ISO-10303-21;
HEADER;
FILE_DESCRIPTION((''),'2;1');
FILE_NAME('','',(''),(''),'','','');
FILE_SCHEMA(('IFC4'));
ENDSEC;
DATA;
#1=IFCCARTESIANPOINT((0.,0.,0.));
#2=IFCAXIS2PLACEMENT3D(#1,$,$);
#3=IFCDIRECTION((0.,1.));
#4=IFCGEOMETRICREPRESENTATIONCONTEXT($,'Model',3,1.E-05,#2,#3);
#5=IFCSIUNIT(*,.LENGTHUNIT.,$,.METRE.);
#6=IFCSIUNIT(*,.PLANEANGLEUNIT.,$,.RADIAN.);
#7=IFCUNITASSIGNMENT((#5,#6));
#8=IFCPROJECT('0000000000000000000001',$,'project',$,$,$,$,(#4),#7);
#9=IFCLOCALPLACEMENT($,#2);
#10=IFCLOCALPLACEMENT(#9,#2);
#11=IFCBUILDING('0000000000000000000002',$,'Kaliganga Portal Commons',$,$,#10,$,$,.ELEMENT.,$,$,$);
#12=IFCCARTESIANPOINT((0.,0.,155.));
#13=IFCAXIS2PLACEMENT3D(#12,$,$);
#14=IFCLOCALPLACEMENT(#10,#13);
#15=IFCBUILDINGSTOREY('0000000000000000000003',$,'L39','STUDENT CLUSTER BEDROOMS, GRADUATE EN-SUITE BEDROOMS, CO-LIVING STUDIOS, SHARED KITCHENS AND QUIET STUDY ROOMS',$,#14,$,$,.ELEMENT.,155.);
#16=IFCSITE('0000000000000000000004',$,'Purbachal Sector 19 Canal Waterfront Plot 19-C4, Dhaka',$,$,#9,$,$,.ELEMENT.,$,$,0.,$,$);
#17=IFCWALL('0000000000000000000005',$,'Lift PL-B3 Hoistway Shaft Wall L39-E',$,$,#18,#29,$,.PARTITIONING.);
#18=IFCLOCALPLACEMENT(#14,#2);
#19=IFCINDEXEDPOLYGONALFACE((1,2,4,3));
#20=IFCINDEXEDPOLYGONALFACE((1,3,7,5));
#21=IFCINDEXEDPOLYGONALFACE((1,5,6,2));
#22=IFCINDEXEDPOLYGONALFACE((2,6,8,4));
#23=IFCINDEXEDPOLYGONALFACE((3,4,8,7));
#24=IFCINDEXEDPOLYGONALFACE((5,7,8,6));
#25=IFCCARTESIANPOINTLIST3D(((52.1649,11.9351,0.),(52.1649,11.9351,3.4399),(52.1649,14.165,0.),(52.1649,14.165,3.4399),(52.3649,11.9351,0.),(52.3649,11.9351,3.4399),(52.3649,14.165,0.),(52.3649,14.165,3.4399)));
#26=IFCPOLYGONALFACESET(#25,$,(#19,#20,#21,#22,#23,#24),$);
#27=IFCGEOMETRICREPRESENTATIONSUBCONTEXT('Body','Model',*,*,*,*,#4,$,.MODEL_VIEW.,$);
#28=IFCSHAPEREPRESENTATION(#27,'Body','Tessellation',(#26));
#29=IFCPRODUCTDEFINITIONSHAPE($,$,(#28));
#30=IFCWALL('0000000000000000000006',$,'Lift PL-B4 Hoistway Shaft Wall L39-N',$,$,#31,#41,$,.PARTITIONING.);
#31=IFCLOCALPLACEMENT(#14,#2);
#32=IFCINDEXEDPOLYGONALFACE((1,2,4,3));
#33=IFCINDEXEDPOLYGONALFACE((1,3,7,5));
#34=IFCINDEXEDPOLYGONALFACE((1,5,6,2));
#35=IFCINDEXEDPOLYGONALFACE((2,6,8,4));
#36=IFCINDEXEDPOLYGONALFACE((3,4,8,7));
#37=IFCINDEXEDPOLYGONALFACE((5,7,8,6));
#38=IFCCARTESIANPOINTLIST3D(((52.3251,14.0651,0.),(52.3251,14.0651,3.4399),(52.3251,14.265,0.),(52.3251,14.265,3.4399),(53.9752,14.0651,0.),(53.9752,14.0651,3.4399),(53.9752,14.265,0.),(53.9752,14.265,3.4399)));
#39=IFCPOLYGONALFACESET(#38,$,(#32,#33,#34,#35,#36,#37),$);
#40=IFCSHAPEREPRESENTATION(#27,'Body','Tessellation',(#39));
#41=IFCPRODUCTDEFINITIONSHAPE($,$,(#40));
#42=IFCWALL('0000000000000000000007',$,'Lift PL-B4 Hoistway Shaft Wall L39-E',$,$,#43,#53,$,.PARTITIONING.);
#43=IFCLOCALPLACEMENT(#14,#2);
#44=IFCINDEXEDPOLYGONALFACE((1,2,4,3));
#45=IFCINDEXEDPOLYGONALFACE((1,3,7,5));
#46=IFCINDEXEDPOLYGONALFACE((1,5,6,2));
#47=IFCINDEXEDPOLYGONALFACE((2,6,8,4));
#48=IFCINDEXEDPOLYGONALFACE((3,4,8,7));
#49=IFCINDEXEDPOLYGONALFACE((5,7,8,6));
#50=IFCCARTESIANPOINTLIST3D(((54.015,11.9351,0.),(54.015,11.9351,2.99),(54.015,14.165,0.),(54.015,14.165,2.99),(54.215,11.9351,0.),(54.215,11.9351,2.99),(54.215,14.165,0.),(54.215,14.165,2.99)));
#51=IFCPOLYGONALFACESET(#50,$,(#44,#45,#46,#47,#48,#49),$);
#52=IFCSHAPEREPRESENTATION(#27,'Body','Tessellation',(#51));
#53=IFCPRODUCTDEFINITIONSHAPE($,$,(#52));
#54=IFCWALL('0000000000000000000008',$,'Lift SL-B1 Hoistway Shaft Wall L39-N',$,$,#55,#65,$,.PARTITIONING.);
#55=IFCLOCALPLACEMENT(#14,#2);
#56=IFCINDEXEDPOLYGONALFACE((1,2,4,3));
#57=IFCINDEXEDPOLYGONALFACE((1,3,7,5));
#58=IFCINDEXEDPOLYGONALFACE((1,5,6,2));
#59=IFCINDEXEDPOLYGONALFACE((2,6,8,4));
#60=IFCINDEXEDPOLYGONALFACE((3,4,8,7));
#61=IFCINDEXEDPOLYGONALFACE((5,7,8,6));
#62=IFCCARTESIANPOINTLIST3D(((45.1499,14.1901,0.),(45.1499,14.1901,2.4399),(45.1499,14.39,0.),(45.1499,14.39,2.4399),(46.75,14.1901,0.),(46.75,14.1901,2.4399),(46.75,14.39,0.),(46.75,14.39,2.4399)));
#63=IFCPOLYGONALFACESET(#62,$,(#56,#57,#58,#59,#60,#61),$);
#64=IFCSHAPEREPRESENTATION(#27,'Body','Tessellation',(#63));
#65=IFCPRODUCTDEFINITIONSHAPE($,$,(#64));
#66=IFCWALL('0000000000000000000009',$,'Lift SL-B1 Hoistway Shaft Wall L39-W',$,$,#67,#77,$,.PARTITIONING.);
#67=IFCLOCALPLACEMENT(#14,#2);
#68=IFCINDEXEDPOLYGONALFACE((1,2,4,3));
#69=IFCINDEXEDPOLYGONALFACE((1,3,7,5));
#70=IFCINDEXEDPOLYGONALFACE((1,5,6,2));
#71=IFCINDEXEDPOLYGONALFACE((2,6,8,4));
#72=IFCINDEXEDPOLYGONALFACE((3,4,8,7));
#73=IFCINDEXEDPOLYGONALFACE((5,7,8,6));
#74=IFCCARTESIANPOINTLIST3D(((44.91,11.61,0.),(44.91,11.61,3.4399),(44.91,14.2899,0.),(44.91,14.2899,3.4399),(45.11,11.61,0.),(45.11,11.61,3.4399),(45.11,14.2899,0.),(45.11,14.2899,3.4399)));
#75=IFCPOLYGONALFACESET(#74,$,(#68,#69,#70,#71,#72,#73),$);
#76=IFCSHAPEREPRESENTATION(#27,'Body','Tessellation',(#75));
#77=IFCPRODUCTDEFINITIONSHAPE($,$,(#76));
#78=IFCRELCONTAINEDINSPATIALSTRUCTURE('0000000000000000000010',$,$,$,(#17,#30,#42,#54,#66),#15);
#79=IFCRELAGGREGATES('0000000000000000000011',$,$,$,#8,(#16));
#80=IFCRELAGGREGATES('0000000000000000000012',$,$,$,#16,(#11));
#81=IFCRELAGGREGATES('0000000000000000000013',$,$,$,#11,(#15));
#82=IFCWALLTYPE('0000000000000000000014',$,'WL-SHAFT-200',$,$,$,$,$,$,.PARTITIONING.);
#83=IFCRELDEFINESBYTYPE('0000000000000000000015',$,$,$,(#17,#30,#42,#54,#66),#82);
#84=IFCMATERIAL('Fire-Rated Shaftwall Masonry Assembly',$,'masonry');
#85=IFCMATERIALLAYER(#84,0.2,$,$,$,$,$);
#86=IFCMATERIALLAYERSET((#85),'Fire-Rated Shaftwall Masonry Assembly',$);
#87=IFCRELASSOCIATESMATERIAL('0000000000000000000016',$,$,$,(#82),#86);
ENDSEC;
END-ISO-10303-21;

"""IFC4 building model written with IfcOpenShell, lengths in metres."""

from ifc_helpers import new_model, si_unit, direction, frame, frame_2d, origin, place, context, subcontext, project, spatial, rectangle, extrude, material, layer, layer_set, type_object, element, save


model = new_model("IFC4")

# Units and contexts
model_context = context("Model", 3, precision=1e-05, world=origin(), true_north=direction((0.0, 1.0)))
body_context = subcontext(model_context, "Body", "Model", "MODEL_VIEW")
ifc_project = project(units=[si_unit("LENGTHUNIT", "METRE"), si_unit("PLANEANGLEUNIT", "RADIAN")], contexts=[model_context])

# Site, building, storey
site_placement = place(None, origin())
site = spatial("IfcSite", under=ifc_project, at=site_placement, Name="Purbachal Sector 19 Canal Waterfront Plot 19-C4, Dhaka", CompositionType="ELEMENT", RefElevation=0.0)
building_placement = place(site_placement, origin())
building = spatial("IfcBuilding", under=site, at=building_placement, Name="Kaliganga Portal Commons", CompositionType="ELEMENT")
storey_placement = place(building_placement, frame((0.0, 0.0, 155.0)))
storey = spatial("IfcBuildingStorey", under=building, at=storey_placement, Name="L39", Description="STUDENT CLUSTER BEDROOMS, GRADUATE EN-SUITE BEDROOMS, CO-LIVING STUDIOS, SHARED KITCHENS AND QUIET STUDY ROOMS", CompositionType="ELEMENT", Elevation=155.0)

# Shared definitions
ifc_material_1 = material(Name="Fire-Rated Shaftwall Masonry Assembly", Category="masonry")
ifc_layer_1 = layer(ifc_material_1, 0.2)
ifc_layer_set_1 = layer_set([ifc_layer_1], Name="Fire-Rated Shaftwall Masonry Assembly")
wall_type_1 = type_object("IfcWallType", Name="WL-SHAFT-200", PredefinedType="PARTITIONING", material=ifc_layer_set_1)

# Wall
wall_1_placement = place(storey_placement, frame((52.2649, 11.9351, 0.0), z_axis=(0.0, 0.0, 1.0), x_axis=(0.0, 1.0, 0.0)))
element("IfcWall", 1, at=wall_1_placement, inside=storey, type_object=wall_type_1, Name="Lift PL-B3 Hoistway Shaft Wall L39-E", PredefinedType="PARTITIONING", context=body_context, shape_type="SweptSolid", body=[
    extrude(rectangle(XDim=2.23, YDim=0.2, at=frame_2d((1.115, 0.0))), origin(), (0.0, 0.0, 1.0), 3.4399),
])

# Walls
wall_2_placement = place(storey_placement, frame((52.325, 14.165, 0.0), z_axis=(0.0, 0.0, 1.0), x_axis=(1.0, 0.0, 0.0)))
element("IfcWall", 2, at=wall_2_placement, inside=storey, type_object=wall_type_1, Name="Lift PL-B4 Hoistway Shaft Wall L39-N", PredefinedType="PARTITIONING", context=body_context, shape_type="SweptSolid", body=[
    extrude(rectangle(XDim=1.6501, YDim=0.2, at=frame_2d((0.8252, 0.0))), origin(), (0.0, 0.0, 1.0), 3.4399),
])
wall_3_placement = place(storey_placement, frame((54.115, 11.9351, 0.0), z_axis=(0.0, 0.0, 1.0), x_axis=(0.0, 1.0, 0.0)))
element("IfcWall", 3, at=wall_3_placement, inside=storey, type_object=wall_type_1, Name="Lift PL-B4 Hoistway Shaft Wall L39-E", PredefinedType="PARTITIONING", context=body_context, shape_type="SweptSolid", body=[
    extrude(rectangle(XDim=2.23, YDim=0.2, at=frame_2d((1.115, 0.0))), origin(), (0.0, 0.0, 1.0), 2.99),
])

# Walls
wall_4_placement = place(storey_placement, frame((45.1499, 14.29, 0.0), z_axis=(0.0, 0.0, 1.0), x_axis=(1.0, 0.0, 0.0)))
element("IfcWall", 4, at=wall_4_placement, inside=storey, type_object=wall_type_1, Name="Lift SL-B1 Hoistway Shaft Wall L39-N", PredefinedType="PARTITIONING", context=body_context, shape_type="SweptSolid", body=[
    extrude(rectangle(XDim=1.6001, YDim=0.2, at=frame_2d((0.8, 0.0))), origin(), (0.0, 0.0, 1.0), 2.4399),
])
wall_5_placement = place(storey_placement, frame((45.01, 11.6101, 0.0), z_axis=(0.0, 0.0, 1.0), x_axis=(0.0, 1.0, 0.0)))
element("IfcWall", 5, at=wall_5_placement, inside=storey, type_object=wall_type_1, Name="Lift SL-B1 Hoistway Shaft Wall L39-W", PredefinedType="PARTITIONING", context=body_context, shape_type="SweptSolid", body=[
    extrude(rectangle(XDim=2.6799, YDim=0.2, at=frame_2d((1.3398, 0.0))), origin(), (0.0, 0.0, 1.0), 3.4399),
])

save(model, "model.ifc")
